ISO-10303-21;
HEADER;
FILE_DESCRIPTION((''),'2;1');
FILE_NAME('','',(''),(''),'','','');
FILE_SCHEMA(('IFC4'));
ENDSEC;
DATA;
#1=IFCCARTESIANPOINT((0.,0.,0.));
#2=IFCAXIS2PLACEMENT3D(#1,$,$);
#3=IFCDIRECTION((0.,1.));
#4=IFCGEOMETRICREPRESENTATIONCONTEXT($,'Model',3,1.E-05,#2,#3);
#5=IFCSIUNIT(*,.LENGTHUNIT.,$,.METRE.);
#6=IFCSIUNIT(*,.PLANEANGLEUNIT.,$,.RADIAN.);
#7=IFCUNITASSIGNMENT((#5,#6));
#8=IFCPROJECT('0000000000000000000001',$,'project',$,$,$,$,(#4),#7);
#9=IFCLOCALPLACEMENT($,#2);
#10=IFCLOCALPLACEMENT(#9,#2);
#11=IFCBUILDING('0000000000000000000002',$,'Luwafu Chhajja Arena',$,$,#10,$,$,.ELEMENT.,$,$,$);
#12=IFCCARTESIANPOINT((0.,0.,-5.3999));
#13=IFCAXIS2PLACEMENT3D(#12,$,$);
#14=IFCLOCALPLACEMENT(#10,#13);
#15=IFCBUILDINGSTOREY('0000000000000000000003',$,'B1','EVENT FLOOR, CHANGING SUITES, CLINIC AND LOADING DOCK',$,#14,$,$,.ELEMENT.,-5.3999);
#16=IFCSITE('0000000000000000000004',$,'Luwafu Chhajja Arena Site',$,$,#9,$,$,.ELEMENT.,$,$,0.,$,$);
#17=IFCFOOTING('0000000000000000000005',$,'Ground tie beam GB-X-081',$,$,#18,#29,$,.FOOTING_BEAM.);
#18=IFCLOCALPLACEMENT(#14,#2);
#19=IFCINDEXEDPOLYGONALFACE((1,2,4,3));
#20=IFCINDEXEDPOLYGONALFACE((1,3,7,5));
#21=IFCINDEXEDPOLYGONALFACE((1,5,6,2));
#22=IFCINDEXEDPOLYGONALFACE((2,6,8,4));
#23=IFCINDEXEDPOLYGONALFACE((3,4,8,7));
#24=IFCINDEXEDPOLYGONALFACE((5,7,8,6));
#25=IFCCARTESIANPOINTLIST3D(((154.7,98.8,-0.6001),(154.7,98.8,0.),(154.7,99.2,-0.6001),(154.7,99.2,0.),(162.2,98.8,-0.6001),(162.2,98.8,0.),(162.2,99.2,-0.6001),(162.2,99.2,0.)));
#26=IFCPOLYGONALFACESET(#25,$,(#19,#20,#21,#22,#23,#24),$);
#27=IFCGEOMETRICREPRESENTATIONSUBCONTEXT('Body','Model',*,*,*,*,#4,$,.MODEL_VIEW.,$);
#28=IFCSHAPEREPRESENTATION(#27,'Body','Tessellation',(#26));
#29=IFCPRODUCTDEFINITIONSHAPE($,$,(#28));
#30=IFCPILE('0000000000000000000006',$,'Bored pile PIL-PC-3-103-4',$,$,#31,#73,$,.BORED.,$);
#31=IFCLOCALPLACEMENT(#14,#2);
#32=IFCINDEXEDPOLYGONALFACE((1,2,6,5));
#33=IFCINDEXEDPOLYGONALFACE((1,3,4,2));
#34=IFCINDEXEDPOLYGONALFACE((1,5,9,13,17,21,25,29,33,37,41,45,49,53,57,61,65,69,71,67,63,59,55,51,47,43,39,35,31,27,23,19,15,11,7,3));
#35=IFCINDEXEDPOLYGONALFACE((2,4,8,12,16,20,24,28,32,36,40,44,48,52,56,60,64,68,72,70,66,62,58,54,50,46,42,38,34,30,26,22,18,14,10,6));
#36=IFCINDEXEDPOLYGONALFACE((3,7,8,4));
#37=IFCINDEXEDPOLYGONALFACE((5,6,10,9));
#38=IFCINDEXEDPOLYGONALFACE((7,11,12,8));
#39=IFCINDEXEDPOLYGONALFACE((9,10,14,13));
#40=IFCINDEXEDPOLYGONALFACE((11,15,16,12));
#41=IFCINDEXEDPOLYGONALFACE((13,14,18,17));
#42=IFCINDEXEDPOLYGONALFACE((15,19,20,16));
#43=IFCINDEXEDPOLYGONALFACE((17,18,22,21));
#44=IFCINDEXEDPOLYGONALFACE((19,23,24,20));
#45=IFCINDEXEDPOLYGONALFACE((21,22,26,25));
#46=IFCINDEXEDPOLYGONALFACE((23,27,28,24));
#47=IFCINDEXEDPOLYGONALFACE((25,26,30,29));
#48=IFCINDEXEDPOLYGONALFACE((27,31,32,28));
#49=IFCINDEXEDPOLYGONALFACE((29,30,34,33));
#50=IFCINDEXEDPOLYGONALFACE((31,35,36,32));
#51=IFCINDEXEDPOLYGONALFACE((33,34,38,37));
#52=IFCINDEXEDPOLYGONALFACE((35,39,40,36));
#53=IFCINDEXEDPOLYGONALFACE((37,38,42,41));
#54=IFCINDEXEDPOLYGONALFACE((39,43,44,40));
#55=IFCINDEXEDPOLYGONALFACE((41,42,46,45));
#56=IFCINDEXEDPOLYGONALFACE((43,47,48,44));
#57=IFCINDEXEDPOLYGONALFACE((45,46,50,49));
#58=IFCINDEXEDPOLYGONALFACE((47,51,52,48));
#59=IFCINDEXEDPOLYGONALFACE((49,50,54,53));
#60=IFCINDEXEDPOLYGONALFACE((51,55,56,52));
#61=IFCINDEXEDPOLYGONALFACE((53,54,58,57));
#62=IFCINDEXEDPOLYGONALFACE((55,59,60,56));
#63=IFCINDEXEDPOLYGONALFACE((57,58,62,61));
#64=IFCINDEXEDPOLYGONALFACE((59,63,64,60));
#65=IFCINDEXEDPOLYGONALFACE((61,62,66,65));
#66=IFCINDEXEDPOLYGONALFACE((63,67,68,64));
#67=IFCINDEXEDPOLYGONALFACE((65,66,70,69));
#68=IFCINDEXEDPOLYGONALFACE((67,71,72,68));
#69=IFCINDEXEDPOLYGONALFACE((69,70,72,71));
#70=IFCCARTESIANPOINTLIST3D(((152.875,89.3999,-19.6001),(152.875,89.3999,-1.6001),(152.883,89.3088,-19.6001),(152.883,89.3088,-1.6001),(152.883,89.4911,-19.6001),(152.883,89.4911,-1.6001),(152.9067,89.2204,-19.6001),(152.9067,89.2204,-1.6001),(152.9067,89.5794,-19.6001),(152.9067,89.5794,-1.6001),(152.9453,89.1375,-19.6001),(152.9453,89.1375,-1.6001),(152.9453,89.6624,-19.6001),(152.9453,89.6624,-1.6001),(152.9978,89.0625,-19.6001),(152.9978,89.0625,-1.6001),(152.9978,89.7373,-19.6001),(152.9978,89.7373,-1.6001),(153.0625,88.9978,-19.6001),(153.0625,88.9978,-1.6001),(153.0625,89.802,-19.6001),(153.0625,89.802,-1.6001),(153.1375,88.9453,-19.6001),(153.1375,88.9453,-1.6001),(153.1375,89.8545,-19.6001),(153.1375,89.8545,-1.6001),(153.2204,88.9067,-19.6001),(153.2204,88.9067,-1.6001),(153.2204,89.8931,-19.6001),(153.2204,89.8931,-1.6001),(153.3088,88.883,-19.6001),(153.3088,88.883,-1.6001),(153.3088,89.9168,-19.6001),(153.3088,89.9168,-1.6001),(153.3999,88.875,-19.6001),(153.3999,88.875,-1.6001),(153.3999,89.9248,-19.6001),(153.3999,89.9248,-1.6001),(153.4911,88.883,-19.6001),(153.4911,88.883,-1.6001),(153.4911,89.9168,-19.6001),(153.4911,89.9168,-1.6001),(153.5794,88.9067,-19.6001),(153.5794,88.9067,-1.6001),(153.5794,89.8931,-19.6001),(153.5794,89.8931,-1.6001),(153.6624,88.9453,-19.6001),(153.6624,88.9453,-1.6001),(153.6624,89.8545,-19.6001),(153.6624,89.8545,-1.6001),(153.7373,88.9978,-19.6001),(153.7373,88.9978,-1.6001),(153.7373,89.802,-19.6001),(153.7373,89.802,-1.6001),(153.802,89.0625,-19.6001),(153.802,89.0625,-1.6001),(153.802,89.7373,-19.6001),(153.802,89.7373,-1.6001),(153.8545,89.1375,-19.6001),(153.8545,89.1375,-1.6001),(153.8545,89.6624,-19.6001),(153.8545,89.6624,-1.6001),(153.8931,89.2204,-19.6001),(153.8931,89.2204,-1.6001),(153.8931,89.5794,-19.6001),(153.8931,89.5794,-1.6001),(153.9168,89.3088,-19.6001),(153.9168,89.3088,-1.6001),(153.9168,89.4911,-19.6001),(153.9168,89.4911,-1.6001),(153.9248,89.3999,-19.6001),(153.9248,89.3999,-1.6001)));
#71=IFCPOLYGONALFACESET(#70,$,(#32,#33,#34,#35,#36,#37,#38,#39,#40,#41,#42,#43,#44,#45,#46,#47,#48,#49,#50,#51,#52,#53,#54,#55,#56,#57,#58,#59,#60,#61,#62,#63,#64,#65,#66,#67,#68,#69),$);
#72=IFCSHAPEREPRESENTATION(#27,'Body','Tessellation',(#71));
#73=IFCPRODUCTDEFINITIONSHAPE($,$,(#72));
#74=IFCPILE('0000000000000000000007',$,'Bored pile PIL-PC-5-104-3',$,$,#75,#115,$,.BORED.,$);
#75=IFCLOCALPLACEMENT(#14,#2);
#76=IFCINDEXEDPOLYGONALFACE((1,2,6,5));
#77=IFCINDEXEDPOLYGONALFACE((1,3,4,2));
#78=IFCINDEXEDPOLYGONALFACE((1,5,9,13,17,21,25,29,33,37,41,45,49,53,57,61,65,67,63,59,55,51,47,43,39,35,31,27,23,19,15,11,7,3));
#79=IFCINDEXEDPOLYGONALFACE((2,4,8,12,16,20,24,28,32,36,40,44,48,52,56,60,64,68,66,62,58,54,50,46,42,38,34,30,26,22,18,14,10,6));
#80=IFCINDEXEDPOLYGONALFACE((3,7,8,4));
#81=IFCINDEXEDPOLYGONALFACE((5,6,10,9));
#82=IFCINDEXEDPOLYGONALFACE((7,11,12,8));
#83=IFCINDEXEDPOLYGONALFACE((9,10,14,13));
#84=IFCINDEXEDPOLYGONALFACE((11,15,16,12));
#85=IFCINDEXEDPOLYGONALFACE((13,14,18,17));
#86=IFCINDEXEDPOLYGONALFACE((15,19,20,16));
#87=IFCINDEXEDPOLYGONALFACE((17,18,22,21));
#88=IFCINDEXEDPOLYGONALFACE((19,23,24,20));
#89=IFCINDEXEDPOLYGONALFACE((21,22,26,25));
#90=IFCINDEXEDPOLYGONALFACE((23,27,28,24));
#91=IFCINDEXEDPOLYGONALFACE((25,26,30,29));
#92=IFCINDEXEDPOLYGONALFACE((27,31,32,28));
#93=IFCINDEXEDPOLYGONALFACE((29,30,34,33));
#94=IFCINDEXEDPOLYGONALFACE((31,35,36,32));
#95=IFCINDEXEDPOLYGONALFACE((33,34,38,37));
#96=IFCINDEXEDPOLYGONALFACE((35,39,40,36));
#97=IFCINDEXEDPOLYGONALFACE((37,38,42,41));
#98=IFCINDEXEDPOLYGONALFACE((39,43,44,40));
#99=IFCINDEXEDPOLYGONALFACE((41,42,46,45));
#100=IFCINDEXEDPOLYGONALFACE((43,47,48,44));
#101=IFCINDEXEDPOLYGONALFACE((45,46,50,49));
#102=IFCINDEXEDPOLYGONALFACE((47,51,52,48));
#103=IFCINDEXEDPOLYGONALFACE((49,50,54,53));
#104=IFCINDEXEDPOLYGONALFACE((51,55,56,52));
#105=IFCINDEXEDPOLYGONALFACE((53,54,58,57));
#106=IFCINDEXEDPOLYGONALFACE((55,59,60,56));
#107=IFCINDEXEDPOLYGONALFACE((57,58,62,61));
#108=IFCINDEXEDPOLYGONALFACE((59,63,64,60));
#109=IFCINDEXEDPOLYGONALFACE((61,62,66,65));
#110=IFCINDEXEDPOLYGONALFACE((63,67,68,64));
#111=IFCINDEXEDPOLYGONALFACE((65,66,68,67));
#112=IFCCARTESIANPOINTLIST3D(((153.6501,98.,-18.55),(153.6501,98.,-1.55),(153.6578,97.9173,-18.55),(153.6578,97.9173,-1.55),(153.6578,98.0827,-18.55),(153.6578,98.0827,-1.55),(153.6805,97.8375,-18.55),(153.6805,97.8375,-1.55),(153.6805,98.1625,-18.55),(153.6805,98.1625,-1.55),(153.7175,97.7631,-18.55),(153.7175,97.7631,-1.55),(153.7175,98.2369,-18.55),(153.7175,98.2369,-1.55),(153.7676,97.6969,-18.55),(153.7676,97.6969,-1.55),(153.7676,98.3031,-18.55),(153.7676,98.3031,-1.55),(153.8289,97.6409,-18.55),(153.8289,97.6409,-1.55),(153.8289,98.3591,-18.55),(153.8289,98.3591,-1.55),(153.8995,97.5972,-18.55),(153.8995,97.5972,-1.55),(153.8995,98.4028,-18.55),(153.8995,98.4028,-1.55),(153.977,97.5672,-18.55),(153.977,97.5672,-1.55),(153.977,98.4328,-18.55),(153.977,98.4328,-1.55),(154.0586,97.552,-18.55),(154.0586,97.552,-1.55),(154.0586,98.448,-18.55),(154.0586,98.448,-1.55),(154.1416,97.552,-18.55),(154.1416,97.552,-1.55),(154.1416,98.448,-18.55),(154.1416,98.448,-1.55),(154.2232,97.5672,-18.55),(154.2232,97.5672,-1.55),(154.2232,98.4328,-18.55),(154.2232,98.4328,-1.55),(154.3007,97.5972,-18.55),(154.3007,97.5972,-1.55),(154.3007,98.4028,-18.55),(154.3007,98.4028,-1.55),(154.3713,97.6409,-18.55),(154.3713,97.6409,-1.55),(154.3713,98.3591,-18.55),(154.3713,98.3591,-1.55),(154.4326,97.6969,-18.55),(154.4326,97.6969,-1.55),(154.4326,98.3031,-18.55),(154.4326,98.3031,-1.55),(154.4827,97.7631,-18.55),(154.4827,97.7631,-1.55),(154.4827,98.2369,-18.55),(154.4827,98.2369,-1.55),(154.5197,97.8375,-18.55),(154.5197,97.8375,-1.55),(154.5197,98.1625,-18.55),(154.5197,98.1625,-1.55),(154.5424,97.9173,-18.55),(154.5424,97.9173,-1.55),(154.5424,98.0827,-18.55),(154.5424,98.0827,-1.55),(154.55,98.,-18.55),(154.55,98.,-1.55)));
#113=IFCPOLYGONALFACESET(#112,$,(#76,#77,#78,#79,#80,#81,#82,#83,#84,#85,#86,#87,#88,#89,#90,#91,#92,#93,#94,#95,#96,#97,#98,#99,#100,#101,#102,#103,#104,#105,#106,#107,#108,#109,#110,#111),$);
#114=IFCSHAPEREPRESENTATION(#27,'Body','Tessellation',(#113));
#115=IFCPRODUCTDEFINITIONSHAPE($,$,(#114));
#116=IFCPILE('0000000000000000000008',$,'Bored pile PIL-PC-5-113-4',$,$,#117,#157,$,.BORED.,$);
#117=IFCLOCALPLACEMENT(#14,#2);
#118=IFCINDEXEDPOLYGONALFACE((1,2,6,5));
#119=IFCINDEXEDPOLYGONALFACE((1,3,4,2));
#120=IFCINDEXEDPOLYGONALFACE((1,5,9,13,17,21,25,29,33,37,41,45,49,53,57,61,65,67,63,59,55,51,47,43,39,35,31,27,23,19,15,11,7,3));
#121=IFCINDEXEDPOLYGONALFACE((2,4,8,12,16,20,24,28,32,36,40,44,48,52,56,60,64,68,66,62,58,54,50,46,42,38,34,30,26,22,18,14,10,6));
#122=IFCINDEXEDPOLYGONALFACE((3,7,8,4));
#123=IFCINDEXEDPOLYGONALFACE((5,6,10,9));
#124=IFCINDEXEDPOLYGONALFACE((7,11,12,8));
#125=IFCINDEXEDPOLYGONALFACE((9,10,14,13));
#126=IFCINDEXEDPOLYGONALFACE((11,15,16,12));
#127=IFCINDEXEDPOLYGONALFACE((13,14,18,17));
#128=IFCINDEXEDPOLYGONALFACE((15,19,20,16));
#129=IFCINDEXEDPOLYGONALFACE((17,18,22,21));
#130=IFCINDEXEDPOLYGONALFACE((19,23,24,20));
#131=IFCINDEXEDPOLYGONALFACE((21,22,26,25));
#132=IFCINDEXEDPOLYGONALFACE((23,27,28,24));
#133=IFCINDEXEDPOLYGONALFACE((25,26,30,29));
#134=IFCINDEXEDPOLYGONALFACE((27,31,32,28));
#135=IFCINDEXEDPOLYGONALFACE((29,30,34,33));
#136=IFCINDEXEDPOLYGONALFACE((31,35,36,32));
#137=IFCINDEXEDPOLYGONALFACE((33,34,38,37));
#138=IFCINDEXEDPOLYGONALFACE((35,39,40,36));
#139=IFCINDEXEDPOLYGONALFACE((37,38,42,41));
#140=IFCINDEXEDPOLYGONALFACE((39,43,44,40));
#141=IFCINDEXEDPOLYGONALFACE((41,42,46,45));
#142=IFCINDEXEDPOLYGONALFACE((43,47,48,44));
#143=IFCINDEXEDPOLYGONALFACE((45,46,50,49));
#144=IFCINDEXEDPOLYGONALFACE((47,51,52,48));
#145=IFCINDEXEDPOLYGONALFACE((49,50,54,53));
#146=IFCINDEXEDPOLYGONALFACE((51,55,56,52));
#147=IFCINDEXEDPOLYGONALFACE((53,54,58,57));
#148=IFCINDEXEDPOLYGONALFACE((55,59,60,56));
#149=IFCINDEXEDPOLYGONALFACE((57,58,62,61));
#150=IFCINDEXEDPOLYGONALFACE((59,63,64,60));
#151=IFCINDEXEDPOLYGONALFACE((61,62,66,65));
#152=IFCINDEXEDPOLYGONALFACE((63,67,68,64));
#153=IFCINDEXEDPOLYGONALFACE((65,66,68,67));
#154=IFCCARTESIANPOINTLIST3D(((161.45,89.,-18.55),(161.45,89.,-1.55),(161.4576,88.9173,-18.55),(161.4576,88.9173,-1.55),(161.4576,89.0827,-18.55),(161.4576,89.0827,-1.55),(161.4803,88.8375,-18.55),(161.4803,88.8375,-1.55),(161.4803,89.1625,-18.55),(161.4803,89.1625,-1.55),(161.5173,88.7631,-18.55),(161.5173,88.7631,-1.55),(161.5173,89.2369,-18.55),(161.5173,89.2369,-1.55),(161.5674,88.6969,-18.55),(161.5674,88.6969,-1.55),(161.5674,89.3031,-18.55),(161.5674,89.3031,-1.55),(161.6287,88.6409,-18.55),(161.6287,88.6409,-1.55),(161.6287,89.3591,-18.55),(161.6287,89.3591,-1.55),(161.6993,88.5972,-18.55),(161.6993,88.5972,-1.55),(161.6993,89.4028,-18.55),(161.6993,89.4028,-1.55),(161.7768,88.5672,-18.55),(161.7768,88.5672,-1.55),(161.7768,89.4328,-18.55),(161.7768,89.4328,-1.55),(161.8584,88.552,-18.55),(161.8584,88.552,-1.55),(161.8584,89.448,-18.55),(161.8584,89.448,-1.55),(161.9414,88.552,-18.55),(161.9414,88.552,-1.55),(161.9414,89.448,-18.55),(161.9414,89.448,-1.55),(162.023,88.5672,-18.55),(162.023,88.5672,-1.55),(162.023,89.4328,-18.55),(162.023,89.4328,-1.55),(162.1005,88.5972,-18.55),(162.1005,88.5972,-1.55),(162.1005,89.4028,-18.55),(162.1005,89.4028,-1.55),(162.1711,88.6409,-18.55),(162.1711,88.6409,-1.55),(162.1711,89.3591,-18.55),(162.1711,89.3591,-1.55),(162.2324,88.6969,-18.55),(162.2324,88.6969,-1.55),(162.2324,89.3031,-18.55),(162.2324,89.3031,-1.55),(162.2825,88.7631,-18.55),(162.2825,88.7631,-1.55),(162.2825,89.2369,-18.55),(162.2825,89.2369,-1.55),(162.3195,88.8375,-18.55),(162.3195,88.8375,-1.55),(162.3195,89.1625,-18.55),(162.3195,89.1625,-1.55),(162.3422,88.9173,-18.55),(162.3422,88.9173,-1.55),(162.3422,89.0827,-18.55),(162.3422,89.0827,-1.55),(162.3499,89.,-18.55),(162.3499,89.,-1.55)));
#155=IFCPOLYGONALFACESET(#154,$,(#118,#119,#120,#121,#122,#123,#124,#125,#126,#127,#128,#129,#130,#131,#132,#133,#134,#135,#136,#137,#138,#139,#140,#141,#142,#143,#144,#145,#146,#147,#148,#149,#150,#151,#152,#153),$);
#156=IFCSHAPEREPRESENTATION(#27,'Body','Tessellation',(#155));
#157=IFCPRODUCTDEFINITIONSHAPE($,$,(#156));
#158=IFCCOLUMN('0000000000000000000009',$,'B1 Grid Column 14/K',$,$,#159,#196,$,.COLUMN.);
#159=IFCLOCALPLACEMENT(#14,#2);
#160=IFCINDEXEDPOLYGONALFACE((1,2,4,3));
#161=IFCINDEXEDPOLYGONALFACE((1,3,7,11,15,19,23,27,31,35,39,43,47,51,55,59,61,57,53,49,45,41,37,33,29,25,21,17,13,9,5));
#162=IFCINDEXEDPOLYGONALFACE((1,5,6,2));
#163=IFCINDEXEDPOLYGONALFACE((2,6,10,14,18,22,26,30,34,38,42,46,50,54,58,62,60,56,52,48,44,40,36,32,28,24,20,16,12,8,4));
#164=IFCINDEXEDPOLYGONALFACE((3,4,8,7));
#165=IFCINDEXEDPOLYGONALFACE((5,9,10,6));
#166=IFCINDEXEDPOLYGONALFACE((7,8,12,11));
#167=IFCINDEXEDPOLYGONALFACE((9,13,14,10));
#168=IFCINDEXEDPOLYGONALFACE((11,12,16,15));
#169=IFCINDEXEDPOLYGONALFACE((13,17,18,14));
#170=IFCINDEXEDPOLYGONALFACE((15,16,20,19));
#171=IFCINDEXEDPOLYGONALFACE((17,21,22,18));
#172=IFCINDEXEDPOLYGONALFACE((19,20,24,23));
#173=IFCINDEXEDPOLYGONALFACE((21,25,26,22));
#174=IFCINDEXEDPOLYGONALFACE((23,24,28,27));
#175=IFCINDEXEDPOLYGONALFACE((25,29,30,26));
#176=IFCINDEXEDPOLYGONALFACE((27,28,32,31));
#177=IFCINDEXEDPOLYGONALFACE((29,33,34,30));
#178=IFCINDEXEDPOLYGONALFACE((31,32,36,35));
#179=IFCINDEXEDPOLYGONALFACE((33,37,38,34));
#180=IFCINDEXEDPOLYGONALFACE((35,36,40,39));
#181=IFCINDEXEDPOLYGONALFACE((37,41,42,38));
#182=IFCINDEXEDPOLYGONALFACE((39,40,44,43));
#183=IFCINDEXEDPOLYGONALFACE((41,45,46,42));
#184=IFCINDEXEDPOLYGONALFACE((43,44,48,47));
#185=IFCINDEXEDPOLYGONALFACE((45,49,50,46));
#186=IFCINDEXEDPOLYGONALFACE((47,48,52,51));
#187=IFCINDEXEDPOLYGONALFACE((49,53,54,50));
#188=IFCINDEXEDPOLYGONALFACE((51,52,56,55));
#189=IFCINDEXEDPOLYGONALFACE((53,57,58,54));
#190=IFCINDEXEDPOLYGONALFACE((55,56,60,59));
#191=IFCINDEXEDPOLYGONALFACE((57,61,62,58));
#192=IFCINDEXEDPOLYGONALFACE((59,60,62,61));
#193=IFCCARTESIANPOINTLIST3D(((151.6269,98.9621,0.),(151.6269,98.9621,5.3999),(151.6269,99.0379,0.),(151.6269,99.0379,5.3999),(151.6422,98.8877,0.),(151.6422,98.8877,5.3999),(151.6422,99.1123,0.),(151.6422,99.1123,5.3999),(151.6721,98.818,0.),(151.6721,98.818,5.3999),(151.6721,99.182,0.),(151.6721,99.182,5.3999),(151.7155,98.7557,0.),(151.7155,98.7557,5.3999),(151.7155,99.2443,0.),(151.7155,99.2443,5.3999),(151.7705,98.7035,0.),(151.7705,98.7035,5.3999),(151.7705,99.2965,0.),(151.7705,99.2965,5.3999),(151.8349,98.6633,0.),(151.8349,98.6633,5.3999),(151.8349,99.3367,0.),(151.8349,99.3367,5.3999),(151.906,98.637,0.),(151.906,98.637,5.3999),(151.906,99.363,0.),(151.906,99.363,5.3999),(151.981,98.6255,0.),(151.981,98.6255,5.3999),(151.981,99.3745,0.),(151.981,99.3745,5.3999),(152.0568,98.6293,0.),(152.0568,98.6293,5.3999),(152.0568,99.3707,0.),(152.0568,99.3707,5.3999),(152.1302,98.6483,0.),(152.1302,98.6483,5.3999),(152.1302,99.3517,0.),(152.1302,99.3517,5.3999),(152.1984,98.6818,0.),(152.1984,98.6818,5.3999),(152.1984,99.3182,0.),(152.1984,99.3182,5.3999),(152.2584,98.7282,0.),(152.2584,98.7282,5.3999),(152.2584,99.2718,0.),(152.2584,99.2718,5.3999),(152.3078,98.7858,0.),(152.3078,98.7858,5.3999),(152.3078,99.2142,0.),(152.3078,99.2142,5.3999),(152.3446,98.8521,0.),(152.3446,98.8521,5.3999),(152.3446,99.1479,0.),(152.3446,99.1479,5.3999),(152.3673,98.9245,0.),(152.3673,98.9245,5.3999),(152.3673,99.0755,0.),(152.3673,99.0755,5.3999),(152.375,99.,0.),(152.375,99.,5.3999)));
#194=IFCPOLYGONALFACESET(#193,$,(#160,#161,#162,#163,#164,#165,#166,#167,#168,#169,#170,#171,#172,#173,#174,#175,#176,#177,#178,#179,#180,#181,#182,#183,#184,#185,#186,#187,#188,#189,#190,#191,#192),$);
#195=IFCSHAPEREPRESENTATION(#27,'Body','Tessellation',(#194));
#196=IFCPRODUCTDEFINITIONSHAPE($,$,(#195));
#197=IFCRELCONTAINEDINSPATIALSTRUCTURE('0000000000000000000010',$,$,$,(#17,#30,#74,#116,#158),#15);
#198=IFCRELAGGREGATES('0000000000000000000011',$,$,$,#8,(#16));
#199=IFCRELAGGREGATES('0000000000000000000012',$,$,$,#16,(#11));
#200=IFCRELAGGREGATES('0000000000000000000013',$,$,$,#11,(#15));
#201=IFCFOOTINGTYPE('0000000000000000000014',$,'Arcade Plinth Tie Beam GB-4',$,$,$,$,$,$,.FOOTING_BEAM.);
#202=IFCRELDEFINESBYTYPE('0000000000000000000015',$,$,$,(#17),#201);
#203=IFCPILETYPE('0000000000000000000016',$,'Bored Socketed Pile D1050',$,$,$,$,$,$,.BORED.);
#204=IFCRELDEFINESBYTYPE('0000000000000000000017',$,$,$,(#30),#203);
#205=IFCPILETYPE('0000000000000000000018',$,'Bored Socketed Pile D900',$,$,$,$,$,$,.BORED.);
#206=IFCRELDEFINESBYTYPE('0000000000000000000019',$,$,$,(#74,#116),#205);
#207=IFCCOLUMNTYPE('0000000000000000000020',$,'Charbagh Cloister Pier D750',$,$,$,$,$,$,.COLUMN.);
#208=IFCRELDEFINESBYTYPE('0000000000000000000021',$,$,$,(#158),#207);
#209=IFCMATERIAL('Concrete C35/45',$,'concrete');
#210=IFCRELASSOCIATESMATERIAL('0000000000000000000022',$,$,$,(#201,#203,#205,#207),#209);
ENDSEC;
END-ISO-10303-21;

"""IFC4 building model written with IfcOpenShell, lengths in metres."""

from ifc_helpers import new_model, si_unit, direction, frame, origin, origin_2d, place, context, subcontext, project, spatial, rectangle, circle, extrude, material, material_profile, profile_set, type_object, element, save


model = new_model("IFC4")

# Units and contexts
model_context = context("Model", 3, precision=1e-05, world=origin(), true_north=direction((0.0, 1.0)))
body_context = subcontext(model_context, "Body", "Model", "MODEL_VIEW")
ifc_project = project(units=[si_unit("LENGTHUNIT", "METRE"), si_unit("PLANEANGLEUNIT", "RADIAN")], contexts=[model_context])

# Site, building, storey
site_placement = place(None, origin())
site = spatial("IfcSite", under=ifc_project, at=site_placement, Name="Luwafu Chhajja Arena Site", CompositionType="ELEMENT", RefElevation=0.0)
building_placement = place(site_placement, origin())
building = spatial("IfcBuilding", under=site, at=building_placement, Name="Luwafu Chhajja Arena", CompositionType="ELEMENT")
storey_placement = place(building_placement, frame((0.0, 0.0, -5.3999)))
storey = spatial("IfcBuildingStorey", under=building, at=storey_placement, Name="B1", Description="EVENT FLOOR, CHANGING SUITES, CLINIC AND LOADING DOCK", CompositionType="ELEMENT", Elevation=-5.3999)

# Footing
ifc_material_1 = material(Name="Concrete C35/45", Category="concrete")
ifc_material_profile_1 = material_profile(ifc_material_1, rectangle(XDim=0.3999, YDim=0.6001, at=origin_2d()), Name="RC 400x600")
ifc_profile_set_1 = profile_set([ifc_material_profile_1], Name="Concrete C35/45")
footing_type = type_object("IfcFootingType", Name="Arcade Plinth Tie Beam GB-4", PredefinedType="FOOTING_BEAM", material=ifc_profile_set_1)
footing_placement = place(storey_placement, frame((154.7, 99.0, -0.3), z_axis=(1.0, 0.0, 0.0), x_axis=(0.0, 1.0, 0.0)))
element("IfcFooting", 1, at=footing_placement, inside=storey, type_object=footing_type, Name="Ground tie beam GB-X-081", PredefinedType="FOOTING_BEAM", context=body_context, shape_type="SweptSolid", body=[
    extrude(rectangle(XDim=0.3999, YDim=0.6001, at=origin_2d()), origin(), (0.0, 0.0, 1.0), 7.5),
])

# Piles
ifc_material_profile_2 = material_profile(ifc_material_1, circle(Radius=0.5249, at=origin_2d()), Name="PILE D1050")
ifc_profile_set_2 = profile_set([ifc_material_profile_2], Name="Concrete C35/45")
pile_type_1 = type_object("IfcPileType", Name="Bored Socketed Pile D1050", PredefinedType="BORED", material=ifc_profile_set_2)
pile_placement = place(storey_placement, frame((153.3999, 89.3999, -1.6001), z_axis=(0.0, 0.0, -1.0), x_axis=(1.0, 0.0, 0.0)))
element("IfcPile", 2, at=pile_placement, inside=storey, type_object=pile_type_1, Name="Bored pile PIL-PC-3-103-4", PredefinedType="BORED", context=body_context, shape_type="SweptSolid", body=[
    extrude(circle(Radius=0.5249, at=origin_2d()), origin(), (0.0, 0.0, 1.0), 18.0),
])
ifc_material_profile_3 = material_profile(ifc_material_1, circle(Radius=0.45, at=origin_2d()), Name="PILE D900")
ifc_profile_set_3 = profile_set([ifc_material_profile_3], Name="Concrete C35/45")
pile_type_2 = type_object("IfcPileType", Name="Bored Socketed Pile D900", PredefinedType="BORED", material=ifc_profile_set_3)
for number, where, z_axis, x_axis, name in (
    (3, (154.1001, 98.0, -1.55), (0.0, 0.0, -1.0), (1.0, 0.0, 0.0), "Bored pile PIL-PC-5-104-3"),
    (4, (161.8999, 89.0, -1.55), (0.0, 0.0, -1.0), (1.0, 0.0, 0.0), "Bored pile PIL-PC-5-113-4"),
):
    element("IfcPile", number, at=place(storey_placement, frame(where, z_axis=z_axis, x_axis=x_axis)), inside=storey, type_object=pile_type_2, Name=name, PredefinedType="BORED", context=body_context, shape_type="SweptSolid", body=[
        extrude(circle(Radius=0.45, at=origin_2d()), origin(), (0.0, 0.0, 1.0), 17.0),
    ])

# Column
ifc_material_profile_4 = material_profile(ifc_material_1, circle(Radius=0.375, at=origin_2d()), Name="RC COL D750")
ifc_profile_set_4 = profile_set([ifc_material_profile_4], Name="Concrete C35/45")
column_type = type_object("IfcColumnType", Name="Charbagh Cloister Pier D750", PredefinedType="COLUMN", material=ifc_profile_set_4)
column_placement = place(storey_placement, frame((152.0, 99.0, 0.0), z_axis=(0.0, 0.0, 1.0), x_axis=(1.0, 0.0, 0.0)))
element("IfcColumn", 5, at=column_placement, inside=storey, type_object=column_type, Name="B1 Grid Column 14/K", PredefinedType="COLUMN", context=body_context, shape_type="SweptSolid", body=[
    extrude(circle(Radius=0.375, at=origin_2d()), origin(), (0.0, 0.0, 1.0), 5.3999),
])

save(model, "model.ifc")
